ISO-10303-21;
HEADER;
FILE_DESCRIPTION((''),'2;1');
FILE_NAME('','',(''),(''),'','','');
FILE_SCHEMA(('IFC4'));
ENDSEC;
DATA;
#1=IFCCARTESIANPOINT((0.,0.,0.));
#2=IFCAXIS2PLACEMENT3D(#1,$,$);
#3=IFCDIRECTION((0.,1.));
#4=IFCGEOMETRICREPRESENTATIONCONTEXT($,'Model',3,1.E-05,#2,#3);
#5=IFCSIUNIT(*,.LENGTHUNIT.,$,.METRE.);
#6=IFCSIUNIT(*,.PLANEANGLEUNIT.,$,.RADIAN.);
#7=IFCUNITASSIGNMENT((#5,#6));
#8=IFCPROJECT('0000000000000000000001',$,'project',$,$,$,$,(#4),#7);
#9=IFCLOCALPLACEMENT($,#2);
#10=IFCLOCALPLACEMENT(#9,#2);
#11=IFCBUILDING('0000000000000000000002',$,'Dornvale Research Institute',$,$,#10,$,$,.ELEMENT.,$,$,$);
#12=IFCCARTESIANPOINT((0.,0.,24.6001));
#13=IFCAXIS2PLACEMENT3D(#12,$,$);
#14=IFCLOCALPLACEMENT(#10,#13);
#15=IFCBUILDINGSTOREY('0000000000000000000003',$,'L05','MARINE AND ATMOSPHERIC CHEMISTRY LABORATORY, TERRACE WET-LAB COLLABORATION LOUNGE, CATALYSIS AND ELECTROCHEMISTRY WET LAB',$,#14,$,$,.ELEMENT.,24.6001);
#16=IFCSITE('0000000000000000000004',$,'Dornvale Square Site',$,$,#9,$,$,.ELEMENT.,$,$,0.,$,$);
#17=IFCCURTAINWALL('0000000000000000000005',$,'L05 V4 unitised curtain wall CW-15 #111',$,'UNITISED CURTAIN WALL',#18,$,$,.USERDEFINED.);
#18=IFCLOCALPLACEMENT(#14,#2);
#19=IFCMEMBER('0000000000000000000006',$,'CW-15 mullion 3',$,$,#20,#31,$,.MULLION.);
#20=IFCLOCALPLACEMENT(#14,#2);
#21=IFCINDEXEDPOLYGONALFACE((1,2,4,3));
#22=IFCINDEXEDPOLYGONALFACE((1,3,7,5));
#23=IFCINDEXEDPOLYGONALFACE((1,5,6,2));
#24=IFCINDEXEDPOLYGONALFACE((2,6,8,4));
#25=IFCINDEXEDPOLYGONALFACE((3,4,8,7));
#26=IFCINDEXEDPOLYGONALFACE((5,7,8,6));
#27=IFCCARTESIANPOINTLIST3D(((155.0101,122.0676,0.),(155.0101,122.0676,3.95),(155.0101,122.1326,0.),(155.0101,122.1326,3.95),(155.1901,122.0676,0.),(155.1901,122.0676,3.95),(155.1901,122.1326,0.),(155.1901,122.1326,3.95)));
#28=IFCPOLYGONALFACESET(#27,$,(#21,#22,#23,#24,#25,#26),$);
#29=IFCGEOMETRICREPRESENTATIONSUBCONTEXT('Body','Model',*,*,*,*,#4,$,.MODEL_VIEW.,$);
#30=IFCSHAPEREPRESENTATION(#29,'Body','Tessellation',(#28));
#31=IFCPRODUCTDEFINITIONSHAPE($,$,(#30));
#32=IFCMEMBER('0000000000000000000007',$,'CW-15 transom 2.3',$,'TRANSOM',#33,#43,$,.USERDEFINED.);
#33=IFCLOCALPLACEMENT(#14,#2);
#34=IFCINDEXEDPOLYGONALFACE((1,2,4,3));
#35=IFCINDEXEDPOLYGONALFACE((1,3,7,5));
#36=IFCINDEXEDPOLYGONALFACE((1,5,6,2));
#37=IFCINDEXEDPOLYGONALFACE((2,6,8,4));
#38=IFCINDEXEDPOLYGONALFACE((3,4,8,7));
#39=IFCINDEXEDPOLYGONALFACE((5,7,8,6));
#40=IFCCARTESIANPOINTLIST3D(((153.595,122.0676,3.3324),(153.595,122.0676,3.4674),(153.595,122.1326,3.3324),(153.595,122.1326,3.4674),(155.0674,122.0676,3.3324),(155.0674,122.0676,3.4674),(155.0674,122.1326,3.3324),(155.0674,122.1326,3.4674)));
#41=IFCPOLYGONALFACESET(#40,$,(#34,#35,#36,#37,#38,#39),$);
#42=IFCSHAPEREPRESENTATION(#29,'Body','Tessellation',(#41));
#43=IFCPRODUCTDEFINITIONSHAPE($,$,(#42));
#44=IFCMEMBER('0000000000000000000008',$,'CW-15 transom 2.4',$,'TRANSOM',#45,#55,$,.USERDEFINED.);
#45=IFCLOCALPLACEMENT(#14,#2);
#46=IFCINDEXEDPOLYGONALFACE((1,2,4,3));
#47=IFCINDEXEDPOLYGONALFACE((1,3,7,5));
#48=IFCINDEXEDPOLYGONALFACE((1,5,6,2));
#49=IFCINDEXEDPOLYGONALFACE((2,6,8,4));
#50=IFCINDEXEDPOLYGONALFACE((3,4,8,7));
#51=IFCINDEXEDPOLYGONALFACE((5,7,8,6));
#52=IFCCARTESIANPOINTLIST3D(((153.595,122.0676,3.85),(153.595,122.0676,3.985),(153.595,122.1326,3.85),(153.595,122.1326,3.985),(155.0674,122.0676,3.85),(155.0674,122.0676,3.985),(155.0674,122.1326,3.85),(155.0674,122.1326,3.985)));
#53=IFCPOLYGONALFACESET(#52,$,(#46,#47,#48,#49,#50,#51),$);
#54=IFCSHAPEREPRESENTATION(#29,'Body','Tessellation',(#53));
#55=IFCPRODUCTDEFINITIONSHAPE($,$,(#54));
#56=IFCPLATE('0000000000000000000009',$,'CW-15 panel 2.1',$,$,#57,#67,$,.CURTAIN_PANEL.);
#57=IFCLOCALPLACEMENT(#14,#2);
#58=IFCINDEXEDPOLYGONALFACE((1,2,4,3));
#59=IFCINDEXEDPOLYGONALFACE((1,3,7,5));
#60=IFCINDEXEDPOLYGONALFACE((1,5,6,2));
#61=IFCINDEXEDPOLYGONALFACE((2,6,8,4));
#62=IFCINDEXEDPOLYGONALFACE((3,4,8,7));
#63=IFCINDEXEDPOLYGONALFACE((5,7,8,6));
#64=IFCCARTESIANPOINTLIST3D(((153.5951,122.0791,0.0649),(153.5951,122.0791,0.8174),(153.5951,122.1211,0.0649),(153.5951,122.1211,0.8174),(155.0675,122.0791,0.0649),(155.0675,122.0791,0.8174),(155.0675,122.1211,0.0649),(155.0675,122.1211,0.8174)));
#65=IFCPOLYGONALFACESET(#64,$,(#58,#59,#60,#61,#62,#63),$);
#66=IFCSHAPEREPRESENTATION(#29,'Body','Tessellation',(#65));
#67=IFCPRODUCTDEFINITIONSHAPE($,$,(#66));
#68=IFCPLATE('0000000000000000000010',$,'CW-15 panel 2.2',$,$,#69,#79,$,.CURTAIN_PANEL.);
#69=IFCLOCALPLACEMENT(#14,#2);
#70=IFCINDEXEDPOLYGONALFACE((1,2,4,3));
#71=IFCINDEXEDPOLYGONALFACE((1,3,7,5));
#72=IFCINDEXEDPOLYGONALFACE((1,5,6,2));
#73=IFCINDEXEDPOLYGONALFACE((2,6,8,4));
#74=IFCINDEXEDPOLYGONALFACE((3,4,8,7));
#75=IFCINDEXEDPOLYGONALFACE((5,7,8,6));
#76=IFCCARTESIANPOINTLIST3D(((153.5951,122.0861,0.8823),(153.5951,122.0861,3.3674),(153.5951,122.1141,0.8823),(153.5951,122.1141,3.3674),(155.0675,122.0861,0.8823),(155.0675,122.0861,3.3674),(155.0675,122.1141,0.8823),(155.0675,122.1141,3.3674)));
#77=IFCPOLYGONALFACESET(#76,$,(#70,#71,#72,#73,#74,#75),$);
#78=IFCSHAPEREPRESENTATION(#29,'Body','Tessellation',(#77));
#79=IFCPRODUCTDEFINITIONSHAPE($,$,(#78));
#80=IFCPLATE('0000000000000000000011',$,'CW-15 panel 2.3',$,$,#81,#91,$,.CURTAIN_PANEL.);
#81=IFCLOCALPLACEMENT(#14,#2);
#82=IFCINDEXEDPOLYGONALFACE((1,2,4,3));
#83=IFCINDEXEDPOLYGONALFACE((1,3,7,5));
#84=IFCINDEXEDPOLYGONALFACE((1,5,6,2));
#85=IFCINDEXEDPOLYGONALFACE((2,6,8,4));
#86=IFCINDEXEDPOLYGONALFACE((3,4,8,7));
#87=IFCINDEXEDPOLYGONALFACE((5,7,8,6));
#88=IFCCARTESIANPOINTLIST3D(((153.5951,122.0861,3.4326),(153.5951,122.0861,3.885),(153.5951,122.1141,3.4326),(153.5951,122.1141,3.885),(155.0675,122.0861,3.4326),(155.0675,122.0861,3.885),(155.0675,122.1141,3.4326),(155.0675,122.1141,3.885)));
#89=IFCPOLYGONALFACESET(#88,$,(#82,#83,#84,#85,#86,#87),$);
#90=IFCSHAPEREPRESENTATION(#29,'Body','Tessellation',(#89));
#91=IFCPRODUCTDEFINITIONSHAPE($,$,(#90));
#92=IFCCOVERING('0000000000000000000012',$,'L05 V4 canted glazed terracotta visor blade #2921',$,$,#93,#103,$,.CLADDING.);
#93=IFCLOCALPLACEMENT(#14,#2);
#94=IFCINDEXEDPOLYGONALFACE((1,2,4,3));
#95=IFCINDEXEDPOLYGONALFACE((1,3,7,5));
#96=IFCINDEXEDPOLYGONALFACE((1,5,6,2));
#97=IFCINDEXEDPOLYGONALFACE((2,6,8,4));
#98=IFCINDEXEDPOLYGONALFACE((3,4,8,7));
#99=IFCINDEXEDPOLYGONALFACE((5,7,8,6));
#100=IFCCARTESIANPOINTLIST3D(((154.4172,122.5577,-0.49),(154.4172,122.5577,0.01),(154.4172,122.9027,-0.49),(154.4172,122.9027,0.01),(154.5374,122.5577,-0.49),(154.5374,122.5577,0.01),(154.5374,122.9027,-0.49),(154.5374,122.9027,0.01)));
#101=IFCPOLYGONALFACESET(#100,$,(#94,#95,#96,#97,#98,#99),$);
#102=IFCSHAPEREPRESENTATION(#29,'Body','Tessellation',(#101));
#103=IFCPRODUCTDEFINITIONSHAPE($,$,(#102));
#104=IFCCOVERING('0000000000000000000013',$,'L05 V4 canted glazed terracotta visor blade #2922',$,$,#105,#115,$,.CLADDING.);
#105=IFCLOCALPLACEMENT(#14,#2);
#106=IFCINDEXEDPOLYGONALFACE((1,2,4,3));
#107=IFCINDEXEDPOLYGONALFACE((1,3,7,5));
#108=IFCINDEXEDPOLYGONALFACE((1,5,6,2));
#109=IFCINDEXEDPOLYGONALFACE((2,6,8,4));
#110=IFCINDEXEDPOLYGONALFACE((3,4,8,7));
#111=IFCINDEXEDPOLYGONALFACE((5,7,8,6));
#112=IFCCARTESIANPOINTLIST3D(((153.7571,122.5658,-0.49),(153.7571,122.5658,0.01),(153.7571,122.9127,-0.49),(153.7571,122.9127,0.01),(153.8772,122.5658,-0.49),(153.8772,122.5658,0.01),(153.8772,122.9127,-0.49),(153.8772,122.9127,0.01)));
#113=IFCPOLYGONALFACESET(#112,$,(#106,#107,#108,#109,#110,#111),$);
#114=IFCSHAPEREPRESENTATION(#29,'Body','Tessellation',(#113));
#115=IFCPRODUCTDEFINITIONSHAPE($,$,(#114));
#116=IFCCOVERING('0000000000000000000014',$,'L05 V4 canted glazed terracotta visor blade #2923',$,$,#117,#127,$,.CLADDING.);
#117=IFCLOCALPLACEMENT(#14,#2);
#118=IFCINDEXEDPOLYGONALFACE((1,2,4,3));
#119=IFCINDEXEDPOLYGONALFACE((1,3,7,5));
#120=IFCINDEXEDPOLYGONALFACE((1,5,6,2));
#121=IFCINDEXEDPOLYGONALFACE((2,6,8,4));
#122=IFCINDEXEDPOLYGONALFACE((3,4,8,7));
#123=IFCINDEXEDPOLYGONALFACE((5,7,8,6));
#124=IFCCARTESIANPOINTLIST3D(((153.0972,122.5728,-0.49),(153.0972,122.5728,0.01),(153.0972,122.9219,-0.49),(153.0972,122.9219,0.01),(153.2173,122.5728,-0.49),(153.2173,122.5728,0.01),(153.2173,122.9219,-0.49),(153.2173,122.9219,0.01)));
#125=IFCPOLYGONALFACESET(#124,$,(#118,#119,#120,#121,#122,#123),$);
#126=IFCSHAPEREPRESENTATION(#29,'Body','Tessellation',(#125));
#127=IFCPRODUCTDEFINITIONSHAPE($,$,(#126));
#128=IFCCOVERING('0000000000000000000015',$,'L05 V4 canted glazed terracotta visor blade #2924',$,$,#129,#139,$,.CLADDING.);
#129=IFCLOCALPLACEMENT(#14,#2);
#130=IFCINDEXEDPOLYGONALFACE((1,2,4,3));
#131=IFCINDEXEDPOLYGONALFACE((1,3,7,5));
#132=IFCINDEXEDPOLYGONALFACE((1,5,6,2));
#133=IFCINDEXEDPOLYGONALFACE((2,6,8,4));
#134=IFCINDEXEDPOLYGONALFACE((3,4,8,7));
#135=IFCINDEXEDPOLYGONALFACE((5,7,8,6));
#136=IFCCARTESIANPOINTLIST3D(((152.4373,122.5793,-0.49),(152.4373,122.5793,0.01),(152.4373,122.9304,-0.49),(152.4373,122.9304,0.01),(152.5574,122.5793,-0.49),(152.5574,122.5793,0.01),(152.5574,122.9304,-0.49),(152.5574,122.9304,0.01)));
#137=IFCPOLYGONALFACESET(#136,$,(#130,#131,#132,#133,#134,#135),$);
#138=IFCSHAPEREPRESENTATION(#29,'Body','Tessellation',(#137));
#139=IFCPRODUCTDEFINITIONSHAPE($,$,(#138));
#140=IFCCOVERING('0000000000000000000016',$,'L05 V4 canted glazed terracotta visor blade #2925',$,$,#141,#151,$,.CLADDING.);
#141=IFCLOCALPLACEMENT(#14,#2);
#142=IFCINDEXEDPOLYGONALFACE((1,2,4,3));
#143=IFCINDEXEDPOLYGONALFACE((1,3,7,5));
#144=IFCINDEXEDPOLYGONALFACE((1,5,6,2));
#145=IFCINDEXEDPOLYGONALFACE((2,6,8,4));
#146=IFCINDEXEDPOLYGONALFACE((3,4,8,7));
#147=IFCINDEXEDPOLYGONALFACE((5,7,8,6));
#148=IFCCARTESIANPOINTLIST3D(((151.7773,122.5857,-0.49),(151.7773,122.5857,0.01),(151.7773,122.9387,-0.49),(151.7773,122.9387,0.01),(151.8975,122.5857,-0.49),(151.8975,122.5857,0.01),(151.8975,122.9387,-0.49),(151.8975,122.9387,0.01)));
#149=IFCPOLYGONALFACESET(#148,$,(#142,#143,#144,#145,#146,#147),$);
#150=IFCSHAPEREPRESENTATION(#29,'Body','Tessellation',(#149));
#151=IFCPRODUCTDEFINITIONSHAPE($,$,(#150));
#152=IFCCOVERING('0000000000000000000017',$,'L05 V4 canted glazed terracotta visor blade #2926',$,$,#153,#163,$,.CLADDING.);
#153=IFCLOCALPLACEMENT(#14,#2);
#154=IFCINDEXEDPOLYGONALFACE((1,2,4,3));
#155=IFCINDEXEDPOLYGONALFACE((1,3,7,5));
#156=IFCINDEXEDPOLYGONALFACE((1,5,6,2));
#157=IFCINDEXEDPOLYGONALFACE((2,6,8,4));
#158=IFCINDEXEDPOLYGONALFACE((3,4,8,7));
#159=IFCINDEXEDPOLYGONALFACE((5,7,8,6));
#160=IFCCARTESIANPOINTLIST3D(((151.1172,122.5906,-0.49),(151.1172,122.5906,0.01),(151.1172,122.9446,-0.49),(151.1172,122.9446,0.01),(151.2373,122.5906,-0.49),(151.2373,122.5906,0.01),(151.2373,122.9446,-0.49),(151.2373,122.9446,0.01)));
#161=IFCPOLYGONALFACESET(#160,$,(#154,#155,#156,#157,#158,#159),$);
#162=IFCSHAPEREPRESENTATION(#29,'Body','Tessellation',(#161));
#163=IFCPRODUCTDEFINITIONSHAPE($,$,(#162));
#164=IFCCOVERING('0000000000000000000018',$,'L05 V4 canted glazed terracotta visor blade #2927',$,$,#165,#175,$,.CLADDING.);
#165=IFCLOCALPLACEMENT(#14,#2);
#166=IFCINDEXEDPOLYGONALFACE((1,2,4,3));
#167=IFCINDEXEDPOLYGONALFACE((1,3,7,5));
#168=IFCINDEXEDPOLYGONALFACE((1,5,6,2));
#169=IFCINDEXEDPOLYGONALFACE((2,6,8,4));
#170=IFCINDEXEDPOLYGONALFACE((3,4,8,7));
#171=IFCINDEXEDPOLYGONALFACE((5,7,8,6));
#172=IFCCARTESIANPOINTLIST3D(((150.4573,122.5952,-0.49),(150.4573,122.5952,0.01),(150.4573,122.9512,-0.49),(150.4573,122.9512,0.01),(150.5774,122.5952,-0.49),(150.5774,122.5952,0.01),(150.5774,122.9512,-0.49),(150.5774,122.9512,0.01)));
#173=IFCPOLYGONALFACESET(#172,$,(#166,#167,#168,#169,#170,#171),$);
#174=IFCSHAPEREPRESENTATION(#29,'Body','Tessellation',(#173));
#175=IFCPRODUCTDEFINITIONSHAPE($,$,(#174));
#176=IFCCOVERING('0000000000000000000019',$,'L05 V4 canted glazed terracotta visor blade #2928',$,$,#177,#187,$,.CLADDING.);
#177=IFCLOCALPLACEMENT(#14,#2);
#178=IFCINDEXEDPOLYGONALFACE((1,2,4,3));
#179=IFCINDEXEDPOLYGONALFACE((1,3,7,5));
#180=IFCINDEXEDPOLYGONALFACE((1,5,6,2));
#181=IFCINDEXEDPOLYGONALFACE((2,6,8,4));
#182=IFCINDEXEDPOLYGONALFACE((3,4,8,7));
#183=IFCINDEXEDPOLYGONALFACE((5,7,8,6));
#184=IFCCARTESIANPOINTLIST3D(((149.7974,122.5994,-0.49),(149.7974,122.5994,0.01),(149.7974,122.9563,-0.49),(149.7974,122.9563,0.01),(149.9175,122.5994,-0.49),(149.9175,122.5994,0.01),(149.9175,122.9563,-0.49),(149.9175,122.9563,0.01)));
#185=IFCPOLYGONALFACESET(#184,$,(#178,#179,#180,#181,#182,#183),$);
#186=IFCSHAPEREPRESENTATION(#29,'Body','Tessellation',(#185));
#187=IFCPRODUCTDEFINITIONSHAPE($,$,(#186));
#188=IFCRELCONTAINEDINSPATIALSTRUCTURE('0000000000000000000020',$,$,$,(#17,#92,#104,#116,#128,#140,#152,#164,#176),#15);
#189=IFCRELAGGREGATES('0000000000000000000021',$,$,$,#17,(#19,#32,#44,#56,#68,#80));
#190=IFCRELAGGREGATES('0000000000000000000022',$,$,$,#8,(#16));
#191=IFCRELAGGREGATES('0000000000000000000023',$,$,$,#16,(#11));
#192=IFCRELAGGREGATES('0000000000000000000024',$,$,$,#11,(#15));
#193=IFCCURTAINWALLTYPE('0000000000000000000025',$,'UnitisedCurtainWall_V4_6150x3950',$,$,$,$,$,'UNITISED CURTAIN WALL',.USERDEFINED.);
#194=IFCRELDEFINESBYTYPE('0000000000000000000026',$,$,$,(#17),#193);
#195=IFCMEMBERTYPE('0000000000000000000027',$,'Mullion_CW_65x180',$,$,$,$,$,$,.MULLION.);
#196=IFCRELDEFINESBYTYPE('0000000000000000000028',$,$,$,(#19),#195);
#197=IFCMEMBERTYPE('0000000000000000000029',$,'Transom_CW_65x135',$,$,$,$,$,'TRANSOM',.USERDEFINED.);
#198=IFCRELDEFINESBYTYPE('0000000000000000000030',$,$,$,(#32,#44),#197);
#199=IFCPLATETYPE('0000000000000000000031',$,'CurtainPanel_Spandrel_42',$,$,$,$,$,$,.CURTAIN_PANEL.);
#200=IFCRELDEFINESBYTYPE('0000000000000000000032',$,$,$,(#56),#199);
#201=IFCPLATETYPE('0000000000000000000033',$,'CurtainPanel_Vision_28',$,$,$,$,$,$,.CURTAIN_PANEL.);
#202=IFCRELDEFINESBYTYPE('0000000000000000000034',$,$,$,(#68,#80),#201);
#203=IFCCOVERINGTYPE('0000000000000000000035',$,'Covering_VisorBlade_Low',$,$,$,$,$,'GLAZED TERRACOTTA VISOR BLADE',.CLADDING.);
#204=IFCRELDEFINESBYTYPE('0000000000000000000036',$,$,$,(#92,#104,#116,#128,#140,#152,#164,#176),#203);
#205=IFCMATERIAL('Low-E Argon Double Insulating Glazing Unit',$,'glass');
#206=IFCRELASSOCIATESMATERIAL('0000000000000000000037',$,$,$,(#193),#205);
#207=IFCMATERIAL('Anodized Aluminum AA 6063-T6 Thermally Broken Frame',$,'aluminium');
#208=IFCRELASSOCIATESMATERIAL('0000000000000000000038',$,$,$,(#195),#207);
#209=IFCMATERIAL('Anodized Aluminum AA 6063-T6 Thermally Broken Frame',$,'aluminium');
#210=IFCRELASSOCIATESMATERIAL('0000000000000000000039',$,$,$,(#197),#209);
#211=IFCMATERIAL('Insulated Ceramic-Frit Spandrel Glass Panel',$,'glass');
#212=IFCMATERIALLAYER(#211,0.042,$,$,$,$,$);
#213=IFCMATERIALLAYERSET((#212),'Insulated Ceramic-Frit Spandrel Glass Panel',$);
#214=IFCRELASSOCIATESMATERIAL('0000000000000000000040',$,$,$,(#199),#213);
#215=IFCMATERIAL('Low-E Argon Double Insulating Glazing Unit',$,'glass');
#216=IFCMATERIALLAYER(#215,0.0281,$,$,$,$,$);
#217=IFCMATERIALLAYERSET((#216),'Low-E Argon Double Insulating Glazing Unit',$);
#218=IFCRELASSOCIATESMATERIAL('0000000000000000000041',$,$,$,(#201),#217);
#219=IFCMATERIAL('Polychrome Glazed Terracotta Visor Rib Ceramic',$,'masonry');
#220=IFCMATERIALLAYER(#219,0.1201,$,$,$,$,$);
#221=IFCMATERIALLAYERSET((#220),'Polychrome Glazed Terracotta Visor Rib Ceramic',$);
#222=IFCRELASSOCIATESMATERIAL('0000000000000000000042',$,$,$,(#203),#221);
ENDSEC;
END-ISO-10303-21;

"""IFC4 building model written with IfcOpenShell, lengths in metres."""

from ifc_helpers import new_model, si_unit, direction, frame, origin, origin_2d, place, context, subcontext, project, spatial, rectangle, extrude, material, layer, layer_set, material_profile, profile_set, type_object, element, aggregate, save


model = new_model("IFC4")

# Units and contexts
model_context = context("Model", 3, precision=1e-05, world=origin(), true_north=direction((0.0, 1.0)))
body_context = subcontext(model_context, "Body", "Model", "MODEL_VIEW")
ifc_project = project(units=[si_unit("LENGTHUNIT", "METRE"), si_unit("PLANEANGLEUNIT", "RADIAN")], contexts=[model_context])

# Site, building, storey
site_placement = place(None, origin())
site = spatial("IfcSite", under=ifc_project, at=site_placement, Name="Dornvale Square Site", CompositionType="ELEMENT", RefElevation=0.0)
building_placement = place(site_placement, origin())
building = spatial("IfcBuilding", under=site, at=building_placement, Name="Dornvale Research Institute", CompositionType="ELEMENT")
storey_placement = place(building_placement, frame((0.0, 0.0, 24.6001)))
storey = spatial("IfcBuildingStorey", under=building, at=storey_placement, Name="L05", Description="MARINE AND ATMOSPHERIC CHEMISTRY LABORATORY, TERRACE WET-LAB COLLABORATION LOUNGE, CATALYSIS AND ELECTROCHEMISTRY WET LAB", CompositionType="ELEMENT", Elevation=24.6001)

# Curtain wall, members, plates
ifc_material_1 = material(Name="Low-E Argon Double Insulating Glazing Unit", Category="glass")
curtain_wall_type = type_object("IfcCurtainWallType", Name="UnitisedCurtainWall_V4_6150x3950", ElementType="UNITISED CURTAIN WALL", PredefinedType="USERDEFINED", material=ifc_material_1)
curtain_wall_placement = place(storey_placement, origin())
curtain_wall = element("IfcCurtainWall", 1, at=curtain_wall_placement, inside=storey, type_object=curtain_wall_type, Name="L05 V4 unitised curtain wall CW-15 #111", ObjectType="UNITISED CURTAIN WALL", PredefinedType="USERDEFINED")
ifc_material_2 = material(Name="Anodized Aluminum AA 6063-T6 Thermally Broken Frame", Category="aluminium")
ifc_material_profile_1 = material_profile(ifc_material_2, rectangle(XDim=0.0649, YDim=0.1799, at=origin_2d()), Name="ALU MULLION 65x180")
ifc_profile_set_1 = profile_set([ifc_material_profile_1], Name="Anodized Aluminum AA 6063-T6 Thermally Broken Frame")
member_type_1 = type_object("IfcMemberType", Name="Mullion_CW_65x180", PredefinedType="MULLION", material=ifc_profile_set_1)
member_1_placement = place(storey_placement, frame((155.1001, 122.1001, 0.0), z_axis=(0.0, 0.0, 1.0), x_axis=(0.0, 1.0, 0.0)))
member_1 = element("IfcMember", 2, at=member_1_placement, type_object=member_type_1, Name="CW-15 mullion 3", PredefinedType="MULLION", context=body_context, shape_type="SweptSolid", body=[
    extrude(rectangle(XDim=0.0649, YDim=0.1799, at=origin_2d()), origin(), (0.0, 0.0, 1.0), 3.95),
])
ifc_material_3 = material(Name="Anodized Aluminum AA 6063-T6 Thermally Broken Frame", Category="aluminium")
ifc_material_profile_2 = material_profile(ifc_material_3, rectangle(XDim=0.0649, YDim=0.135, at=origin_2d()), Name="ALU TRANSOM 65x135")
ifc_profile_set_2 = profile_set([ifc_material_profile_2], Name="Anodized Aluminum AA 6063-T6 Thermally Broken Frame")
member_type_2 = type_object("IfcMemberType", Name="Transom_CW_65x135", ElementType="TRANSOM", PredefinedType="USERDEFINED", material=ifc_profile_set_2)
member_2_placement = place(storey_placement, frame((153.595, 122.1001, 3.3999), z_axis=(1.0, 0.0, 0.0), x_axis=(0.0, 1.0, 0.0)))
member_2 = element("IfcMember", 3, at=member_2_placement, type_object=member_type_2, Name="CW-15 transom 2.3", ObjectType="TRANSOM", PredefinedType="USERDEFINED", context=body_context, shape_type="SweptSolid", body=[
    extrude(rectangle(XDim=0.0649, YDim=0.135, at=origin_2d()), origin(), (0.0, 0.0, 1.0), 1.4724),
])
member_3_placement = place(storey_placement, frame((153.595, 122.1001, 3.9175), z_axis=(1.0, 0.0, 0.0), x_axis=(0.0, 1.0, 0.0)))
member_3 = element("IfcMember", 4, at=member_3_placement, type_object=member_type_2, Name="CW-15 transom 2.4", ObjectType="TRANSOM", PredefinedType="USERDEFINED", context=body_context, shape_type="SweptSolid", body=[
    extrude(rectangle(XDim=0.0649, YDim=0.135, at=origin_2d()), origin(), (0.0, 0.0, 1.0), 1.4724),
])
ifc_material_4 = material(Name="Insulated Ceramic-Frit Spandrel Glass Panel", Category="glass")
ifc_layer_1 = layer(ifc_material_4, 0.042)
ifc_layer_set_1 = layer_set([ifc_layer_1], Name="Insulated Ceramic-Frit Spandrel Glass Panel")
plate_type_1 = type_object("IfcPlateType", Name="CurtainPanel_Spandrel_42", PredefinedType="CURTAIN_PANEL", material=ifc_layer_set_1)
plate_1_placement = place(storey_placement, frame((154.3313, 122.1001, 0.0649), z_axis=(0.0, 0.0, 1.0), x_axis=(1.0, 0.0, 0.0)))
plate_1 = element("IfcPlate", 5, at=plate_1_placement, type_object=plate_type_1, Name="CW-15 panel 2.1", PredefinedType="CURTAIN_PANEL", context=body_context, shape_type="SweptSolid", body=[
    extrude(rectangle(XDim=1.4724, YDim=0.042, at=origin_2d()), origin(), (0.0, 0.0, 1.0), 0.7524),
])
ifc_material_5 = material(Name="Low-E Argon Double Insulating Glazing Unit", Category="glass")
ifc_layer_2 = layer(ifc_material_5, 0.0281)
ifc_layer_set_2 = layer_set([ifc_layer_2], Name="Low-E Argon Double Insulating Glazing Unit")
plate_type_2 = type_object("IfcPlateType", Name="CurtainPanel_Vision_28", PredefinedType="CURTAIN_PANEL", material=ifc_layer_set_2)
plate_2_placement = place(storey_placement, frame((154.3313, 122.1001, 0.8823), z_axis=(0.0, 0.0, 1.0), x_axis=(1.0, 0.0, 0.0)))
plate_2 = element("IfcPlate", 6, at=plate_2_placement, type_object=plate_type_2, Name="CW-15 panel 2.2", PredefinedType="CURTAIN_PANEL", context=body_context, shape_type="SweptSolid", body=[
    extrude(rectangle(XDim=1.4724, YDim=0.0281, at=origin_2d()), origin(), (0.0, 0.0, 1.0), 2.4851),
])
plate_3_placement = place(storey_placement, frame((154.3313, 122.1001, 3.4326), z_axis=(0.0, 0.0, 1.0), x_axis=(1.0, 0.0, 0.0)))
plate_3 = element("IfcPlate", 7, at=plate_3_placement, type_object=plate_type_2, Name="CW-15 panel 2.3", PredefinedType="CURTAIN_PANEL", context=body_context, shape_type="SweptSolid", body=[
    extrude(rectangle(XDim=1.4724, YDim=0.0281, at=origin_2d()), origin(), (0.0, 0.0, 1.0), 0.4524),
])
aggregate(curtain_wall, [member_1, member_2, member_3, plate_1, plate_2, plate_3])

# Coverings
ifc_material_6 = material(Name="Polychrome Glazed Terracotta Visor Rib Ceramic", Category="masonry")
ifc_layer_3 = layer(ifc_material_6, 0.1201)
ifc_layer_set_3 = layer_set([ifc_layer_3], Name="Polychrome Glazed Terracotta Visor Rib Ceramic")
covering_type = type_object("IfcCoveringType", Name="Covering_VisorBlade_Low", ElementType="GLAZED TERRACOTTA VISOR BLADE", PredefinedType="CLADDING", material=ifc_layer_set_3)
covering_1_placement = place(storey_placement, frame((154.4773, 122.7302, -0.49), z_axis=(0.0, 0.0, 1.0), x_axis=(0.0, 1.0, 0.0)))
element("IfcCovering", 8, at=covering_1_placement, inside=storey, type_object=covering_type, Name="L05 V4 canted glazed terracotta visor blade #2921", PredefinedType="CLADDING", context=body_context, shape_type="SweptSolid", body=[
    extrude(rectangle(XDim=0.345, YDim=0.1201, at=origin_2d()), origin(), (0.0, 0.0, 1.0), 0.5),
])
covering_2_placement = place(storey_placement, frame((153.8171, 122.7393, -0.49), z_axis=(0.0, 0.0, 1.0), x_axis=(0.0, 1.0, 0.0)))
element("IfcCovering", 9, at=covering_2_placement, inside=storey, type_object=covering_type, Name="L05 V4 canted glazed terracotta visor blade #2922", PredefinedType="CLADDING", context=body_context, shape_type="SweptSolid", body=[
    extrude(rectangle(XDim=0.3469, YDim=0.1201, at=origin_2d()), origin(), (0.0, 0.0, 1.0), 0.5),
])
covering_3_placement = place(storey_placement, frame((153.1572, 122.7473, -0.49), z_axis=(0.0, 0.0, 1.0), x_axis=(0.0, 1.0, 0.0)))
element("IfcCovering", 10, at=covering_3_placement, inside=storey, type_object=covering_type, Name="L05 V4 canted glazed terracotta visor blade #2923", PredefinedType="CLADDING", context=body_context, shape_type="SweptSolid", body=[
    extrude(rectangle(XDim=0.3491, YDim=0.1201, at=origin_2d()), origin(), (0.0, 0.0, 1.0), 0.5),
])
covering_4_placement = place(storey_placement, frame((152.4973, 122.7549, -0.49), z_axis=(0.0, 0.0, 1.0), x_axis=(0.0, 1.0, 0.0)))
element("IfcCovering", 11, at=covering_4_placement, inside=storey, type_object=covering_type, Name="L05 V4 canted glazed terracotta visor blade #2924", PredefinedType="CLADDING", context=body_context, shape_type="SweptSolid", body=[
    extrude(rectangle(XDim=0.3511, YDim=0.1201, at=origin_2d()), origin(), (0.0, 0.0, 1.0), 0.5),
])
covering_5_placement = place(storey_placement, frame((151.8374, 122.7622, -0.49), z_axis=(0.0, 0.0, 1.0), x_axis=(0.0, 1.0, 0.0)))
element("IfcCovering", 12, at=covering_5_placement, inside=storey, type_object=covering_type, Name="L05 V4 canted glazed terracotta visor blade #2925", PredefinedType="CLADDING", context=body_context, shape_type="SweptSolid", body=[
    extrude(rectangle(XDim=0.353, YDim=0.1201, at=origin_2d()), origin(), (0.0, 0.0, 1.0), 0.5),
])
covering_6_placement = place(storey_placement, frame((151.1772, 122.7676, -0.49), z_axis=(0.0, 0.0, 1.0), x_axis=(0.0, 1.0, 0.0)))
element("IfcCovering", 13, at=covering_6_placement, inside=storey, type_object=covering_type, Name="L05 V4 canted glazed terracotta visor blade #2926", PredefinedType="CLADDING", context=body_context, shape_type="SweptSolid", body=[
    extrude(rectangle(XDim=0.354, YDim=0.1201, at=origin_2d()), origin(), (0.0, 0.0, 1.0), 0.5),
])
covering_7_placement = place(storey_placement, frame((150.5173, 122.7732, -0.49), z_axis=(0.0, 0.0, 1.0), x_axis=(0.0, 1.0, 0.0)))
element("IfcCovering", 14, at=covering_7_placement, inside=storey, type_object=covering_type, Name="L05 V4 canted glazed terracotta visor blade #2927", PredefinedType="CLADDING", context=body_context, shape_type="SweptSolid", body=[
    extrude(rectangle(XDim=0.356, YDim=0.1201, at=origin_2d()), origin(), (0.0, 0.0, 1.0), 0.5),
])
covering_8_placement = place(storey_placement, frame((149.8574, 122.7778, -0.49), z_axis=(0.0, 0.0, 1.0), x_axis=(0.0, 1.0, 0.0)))
element("IfcCovering", 15, at=covering_8_placement, inside=storey, type_object=covering_type, Name="L05 V4 canted glazed terracotta visor blade #2928", PredefinedType="CLADDING", context=body_context, shape_type="SweptSolid", body=[
    extrude(rectangle(XDim=0.3569, YDim=0.1201, at=origin_2d()), origin(), (0.0, 0.0, 1.0), 0.5),
])

save(model, "model.ifc")
